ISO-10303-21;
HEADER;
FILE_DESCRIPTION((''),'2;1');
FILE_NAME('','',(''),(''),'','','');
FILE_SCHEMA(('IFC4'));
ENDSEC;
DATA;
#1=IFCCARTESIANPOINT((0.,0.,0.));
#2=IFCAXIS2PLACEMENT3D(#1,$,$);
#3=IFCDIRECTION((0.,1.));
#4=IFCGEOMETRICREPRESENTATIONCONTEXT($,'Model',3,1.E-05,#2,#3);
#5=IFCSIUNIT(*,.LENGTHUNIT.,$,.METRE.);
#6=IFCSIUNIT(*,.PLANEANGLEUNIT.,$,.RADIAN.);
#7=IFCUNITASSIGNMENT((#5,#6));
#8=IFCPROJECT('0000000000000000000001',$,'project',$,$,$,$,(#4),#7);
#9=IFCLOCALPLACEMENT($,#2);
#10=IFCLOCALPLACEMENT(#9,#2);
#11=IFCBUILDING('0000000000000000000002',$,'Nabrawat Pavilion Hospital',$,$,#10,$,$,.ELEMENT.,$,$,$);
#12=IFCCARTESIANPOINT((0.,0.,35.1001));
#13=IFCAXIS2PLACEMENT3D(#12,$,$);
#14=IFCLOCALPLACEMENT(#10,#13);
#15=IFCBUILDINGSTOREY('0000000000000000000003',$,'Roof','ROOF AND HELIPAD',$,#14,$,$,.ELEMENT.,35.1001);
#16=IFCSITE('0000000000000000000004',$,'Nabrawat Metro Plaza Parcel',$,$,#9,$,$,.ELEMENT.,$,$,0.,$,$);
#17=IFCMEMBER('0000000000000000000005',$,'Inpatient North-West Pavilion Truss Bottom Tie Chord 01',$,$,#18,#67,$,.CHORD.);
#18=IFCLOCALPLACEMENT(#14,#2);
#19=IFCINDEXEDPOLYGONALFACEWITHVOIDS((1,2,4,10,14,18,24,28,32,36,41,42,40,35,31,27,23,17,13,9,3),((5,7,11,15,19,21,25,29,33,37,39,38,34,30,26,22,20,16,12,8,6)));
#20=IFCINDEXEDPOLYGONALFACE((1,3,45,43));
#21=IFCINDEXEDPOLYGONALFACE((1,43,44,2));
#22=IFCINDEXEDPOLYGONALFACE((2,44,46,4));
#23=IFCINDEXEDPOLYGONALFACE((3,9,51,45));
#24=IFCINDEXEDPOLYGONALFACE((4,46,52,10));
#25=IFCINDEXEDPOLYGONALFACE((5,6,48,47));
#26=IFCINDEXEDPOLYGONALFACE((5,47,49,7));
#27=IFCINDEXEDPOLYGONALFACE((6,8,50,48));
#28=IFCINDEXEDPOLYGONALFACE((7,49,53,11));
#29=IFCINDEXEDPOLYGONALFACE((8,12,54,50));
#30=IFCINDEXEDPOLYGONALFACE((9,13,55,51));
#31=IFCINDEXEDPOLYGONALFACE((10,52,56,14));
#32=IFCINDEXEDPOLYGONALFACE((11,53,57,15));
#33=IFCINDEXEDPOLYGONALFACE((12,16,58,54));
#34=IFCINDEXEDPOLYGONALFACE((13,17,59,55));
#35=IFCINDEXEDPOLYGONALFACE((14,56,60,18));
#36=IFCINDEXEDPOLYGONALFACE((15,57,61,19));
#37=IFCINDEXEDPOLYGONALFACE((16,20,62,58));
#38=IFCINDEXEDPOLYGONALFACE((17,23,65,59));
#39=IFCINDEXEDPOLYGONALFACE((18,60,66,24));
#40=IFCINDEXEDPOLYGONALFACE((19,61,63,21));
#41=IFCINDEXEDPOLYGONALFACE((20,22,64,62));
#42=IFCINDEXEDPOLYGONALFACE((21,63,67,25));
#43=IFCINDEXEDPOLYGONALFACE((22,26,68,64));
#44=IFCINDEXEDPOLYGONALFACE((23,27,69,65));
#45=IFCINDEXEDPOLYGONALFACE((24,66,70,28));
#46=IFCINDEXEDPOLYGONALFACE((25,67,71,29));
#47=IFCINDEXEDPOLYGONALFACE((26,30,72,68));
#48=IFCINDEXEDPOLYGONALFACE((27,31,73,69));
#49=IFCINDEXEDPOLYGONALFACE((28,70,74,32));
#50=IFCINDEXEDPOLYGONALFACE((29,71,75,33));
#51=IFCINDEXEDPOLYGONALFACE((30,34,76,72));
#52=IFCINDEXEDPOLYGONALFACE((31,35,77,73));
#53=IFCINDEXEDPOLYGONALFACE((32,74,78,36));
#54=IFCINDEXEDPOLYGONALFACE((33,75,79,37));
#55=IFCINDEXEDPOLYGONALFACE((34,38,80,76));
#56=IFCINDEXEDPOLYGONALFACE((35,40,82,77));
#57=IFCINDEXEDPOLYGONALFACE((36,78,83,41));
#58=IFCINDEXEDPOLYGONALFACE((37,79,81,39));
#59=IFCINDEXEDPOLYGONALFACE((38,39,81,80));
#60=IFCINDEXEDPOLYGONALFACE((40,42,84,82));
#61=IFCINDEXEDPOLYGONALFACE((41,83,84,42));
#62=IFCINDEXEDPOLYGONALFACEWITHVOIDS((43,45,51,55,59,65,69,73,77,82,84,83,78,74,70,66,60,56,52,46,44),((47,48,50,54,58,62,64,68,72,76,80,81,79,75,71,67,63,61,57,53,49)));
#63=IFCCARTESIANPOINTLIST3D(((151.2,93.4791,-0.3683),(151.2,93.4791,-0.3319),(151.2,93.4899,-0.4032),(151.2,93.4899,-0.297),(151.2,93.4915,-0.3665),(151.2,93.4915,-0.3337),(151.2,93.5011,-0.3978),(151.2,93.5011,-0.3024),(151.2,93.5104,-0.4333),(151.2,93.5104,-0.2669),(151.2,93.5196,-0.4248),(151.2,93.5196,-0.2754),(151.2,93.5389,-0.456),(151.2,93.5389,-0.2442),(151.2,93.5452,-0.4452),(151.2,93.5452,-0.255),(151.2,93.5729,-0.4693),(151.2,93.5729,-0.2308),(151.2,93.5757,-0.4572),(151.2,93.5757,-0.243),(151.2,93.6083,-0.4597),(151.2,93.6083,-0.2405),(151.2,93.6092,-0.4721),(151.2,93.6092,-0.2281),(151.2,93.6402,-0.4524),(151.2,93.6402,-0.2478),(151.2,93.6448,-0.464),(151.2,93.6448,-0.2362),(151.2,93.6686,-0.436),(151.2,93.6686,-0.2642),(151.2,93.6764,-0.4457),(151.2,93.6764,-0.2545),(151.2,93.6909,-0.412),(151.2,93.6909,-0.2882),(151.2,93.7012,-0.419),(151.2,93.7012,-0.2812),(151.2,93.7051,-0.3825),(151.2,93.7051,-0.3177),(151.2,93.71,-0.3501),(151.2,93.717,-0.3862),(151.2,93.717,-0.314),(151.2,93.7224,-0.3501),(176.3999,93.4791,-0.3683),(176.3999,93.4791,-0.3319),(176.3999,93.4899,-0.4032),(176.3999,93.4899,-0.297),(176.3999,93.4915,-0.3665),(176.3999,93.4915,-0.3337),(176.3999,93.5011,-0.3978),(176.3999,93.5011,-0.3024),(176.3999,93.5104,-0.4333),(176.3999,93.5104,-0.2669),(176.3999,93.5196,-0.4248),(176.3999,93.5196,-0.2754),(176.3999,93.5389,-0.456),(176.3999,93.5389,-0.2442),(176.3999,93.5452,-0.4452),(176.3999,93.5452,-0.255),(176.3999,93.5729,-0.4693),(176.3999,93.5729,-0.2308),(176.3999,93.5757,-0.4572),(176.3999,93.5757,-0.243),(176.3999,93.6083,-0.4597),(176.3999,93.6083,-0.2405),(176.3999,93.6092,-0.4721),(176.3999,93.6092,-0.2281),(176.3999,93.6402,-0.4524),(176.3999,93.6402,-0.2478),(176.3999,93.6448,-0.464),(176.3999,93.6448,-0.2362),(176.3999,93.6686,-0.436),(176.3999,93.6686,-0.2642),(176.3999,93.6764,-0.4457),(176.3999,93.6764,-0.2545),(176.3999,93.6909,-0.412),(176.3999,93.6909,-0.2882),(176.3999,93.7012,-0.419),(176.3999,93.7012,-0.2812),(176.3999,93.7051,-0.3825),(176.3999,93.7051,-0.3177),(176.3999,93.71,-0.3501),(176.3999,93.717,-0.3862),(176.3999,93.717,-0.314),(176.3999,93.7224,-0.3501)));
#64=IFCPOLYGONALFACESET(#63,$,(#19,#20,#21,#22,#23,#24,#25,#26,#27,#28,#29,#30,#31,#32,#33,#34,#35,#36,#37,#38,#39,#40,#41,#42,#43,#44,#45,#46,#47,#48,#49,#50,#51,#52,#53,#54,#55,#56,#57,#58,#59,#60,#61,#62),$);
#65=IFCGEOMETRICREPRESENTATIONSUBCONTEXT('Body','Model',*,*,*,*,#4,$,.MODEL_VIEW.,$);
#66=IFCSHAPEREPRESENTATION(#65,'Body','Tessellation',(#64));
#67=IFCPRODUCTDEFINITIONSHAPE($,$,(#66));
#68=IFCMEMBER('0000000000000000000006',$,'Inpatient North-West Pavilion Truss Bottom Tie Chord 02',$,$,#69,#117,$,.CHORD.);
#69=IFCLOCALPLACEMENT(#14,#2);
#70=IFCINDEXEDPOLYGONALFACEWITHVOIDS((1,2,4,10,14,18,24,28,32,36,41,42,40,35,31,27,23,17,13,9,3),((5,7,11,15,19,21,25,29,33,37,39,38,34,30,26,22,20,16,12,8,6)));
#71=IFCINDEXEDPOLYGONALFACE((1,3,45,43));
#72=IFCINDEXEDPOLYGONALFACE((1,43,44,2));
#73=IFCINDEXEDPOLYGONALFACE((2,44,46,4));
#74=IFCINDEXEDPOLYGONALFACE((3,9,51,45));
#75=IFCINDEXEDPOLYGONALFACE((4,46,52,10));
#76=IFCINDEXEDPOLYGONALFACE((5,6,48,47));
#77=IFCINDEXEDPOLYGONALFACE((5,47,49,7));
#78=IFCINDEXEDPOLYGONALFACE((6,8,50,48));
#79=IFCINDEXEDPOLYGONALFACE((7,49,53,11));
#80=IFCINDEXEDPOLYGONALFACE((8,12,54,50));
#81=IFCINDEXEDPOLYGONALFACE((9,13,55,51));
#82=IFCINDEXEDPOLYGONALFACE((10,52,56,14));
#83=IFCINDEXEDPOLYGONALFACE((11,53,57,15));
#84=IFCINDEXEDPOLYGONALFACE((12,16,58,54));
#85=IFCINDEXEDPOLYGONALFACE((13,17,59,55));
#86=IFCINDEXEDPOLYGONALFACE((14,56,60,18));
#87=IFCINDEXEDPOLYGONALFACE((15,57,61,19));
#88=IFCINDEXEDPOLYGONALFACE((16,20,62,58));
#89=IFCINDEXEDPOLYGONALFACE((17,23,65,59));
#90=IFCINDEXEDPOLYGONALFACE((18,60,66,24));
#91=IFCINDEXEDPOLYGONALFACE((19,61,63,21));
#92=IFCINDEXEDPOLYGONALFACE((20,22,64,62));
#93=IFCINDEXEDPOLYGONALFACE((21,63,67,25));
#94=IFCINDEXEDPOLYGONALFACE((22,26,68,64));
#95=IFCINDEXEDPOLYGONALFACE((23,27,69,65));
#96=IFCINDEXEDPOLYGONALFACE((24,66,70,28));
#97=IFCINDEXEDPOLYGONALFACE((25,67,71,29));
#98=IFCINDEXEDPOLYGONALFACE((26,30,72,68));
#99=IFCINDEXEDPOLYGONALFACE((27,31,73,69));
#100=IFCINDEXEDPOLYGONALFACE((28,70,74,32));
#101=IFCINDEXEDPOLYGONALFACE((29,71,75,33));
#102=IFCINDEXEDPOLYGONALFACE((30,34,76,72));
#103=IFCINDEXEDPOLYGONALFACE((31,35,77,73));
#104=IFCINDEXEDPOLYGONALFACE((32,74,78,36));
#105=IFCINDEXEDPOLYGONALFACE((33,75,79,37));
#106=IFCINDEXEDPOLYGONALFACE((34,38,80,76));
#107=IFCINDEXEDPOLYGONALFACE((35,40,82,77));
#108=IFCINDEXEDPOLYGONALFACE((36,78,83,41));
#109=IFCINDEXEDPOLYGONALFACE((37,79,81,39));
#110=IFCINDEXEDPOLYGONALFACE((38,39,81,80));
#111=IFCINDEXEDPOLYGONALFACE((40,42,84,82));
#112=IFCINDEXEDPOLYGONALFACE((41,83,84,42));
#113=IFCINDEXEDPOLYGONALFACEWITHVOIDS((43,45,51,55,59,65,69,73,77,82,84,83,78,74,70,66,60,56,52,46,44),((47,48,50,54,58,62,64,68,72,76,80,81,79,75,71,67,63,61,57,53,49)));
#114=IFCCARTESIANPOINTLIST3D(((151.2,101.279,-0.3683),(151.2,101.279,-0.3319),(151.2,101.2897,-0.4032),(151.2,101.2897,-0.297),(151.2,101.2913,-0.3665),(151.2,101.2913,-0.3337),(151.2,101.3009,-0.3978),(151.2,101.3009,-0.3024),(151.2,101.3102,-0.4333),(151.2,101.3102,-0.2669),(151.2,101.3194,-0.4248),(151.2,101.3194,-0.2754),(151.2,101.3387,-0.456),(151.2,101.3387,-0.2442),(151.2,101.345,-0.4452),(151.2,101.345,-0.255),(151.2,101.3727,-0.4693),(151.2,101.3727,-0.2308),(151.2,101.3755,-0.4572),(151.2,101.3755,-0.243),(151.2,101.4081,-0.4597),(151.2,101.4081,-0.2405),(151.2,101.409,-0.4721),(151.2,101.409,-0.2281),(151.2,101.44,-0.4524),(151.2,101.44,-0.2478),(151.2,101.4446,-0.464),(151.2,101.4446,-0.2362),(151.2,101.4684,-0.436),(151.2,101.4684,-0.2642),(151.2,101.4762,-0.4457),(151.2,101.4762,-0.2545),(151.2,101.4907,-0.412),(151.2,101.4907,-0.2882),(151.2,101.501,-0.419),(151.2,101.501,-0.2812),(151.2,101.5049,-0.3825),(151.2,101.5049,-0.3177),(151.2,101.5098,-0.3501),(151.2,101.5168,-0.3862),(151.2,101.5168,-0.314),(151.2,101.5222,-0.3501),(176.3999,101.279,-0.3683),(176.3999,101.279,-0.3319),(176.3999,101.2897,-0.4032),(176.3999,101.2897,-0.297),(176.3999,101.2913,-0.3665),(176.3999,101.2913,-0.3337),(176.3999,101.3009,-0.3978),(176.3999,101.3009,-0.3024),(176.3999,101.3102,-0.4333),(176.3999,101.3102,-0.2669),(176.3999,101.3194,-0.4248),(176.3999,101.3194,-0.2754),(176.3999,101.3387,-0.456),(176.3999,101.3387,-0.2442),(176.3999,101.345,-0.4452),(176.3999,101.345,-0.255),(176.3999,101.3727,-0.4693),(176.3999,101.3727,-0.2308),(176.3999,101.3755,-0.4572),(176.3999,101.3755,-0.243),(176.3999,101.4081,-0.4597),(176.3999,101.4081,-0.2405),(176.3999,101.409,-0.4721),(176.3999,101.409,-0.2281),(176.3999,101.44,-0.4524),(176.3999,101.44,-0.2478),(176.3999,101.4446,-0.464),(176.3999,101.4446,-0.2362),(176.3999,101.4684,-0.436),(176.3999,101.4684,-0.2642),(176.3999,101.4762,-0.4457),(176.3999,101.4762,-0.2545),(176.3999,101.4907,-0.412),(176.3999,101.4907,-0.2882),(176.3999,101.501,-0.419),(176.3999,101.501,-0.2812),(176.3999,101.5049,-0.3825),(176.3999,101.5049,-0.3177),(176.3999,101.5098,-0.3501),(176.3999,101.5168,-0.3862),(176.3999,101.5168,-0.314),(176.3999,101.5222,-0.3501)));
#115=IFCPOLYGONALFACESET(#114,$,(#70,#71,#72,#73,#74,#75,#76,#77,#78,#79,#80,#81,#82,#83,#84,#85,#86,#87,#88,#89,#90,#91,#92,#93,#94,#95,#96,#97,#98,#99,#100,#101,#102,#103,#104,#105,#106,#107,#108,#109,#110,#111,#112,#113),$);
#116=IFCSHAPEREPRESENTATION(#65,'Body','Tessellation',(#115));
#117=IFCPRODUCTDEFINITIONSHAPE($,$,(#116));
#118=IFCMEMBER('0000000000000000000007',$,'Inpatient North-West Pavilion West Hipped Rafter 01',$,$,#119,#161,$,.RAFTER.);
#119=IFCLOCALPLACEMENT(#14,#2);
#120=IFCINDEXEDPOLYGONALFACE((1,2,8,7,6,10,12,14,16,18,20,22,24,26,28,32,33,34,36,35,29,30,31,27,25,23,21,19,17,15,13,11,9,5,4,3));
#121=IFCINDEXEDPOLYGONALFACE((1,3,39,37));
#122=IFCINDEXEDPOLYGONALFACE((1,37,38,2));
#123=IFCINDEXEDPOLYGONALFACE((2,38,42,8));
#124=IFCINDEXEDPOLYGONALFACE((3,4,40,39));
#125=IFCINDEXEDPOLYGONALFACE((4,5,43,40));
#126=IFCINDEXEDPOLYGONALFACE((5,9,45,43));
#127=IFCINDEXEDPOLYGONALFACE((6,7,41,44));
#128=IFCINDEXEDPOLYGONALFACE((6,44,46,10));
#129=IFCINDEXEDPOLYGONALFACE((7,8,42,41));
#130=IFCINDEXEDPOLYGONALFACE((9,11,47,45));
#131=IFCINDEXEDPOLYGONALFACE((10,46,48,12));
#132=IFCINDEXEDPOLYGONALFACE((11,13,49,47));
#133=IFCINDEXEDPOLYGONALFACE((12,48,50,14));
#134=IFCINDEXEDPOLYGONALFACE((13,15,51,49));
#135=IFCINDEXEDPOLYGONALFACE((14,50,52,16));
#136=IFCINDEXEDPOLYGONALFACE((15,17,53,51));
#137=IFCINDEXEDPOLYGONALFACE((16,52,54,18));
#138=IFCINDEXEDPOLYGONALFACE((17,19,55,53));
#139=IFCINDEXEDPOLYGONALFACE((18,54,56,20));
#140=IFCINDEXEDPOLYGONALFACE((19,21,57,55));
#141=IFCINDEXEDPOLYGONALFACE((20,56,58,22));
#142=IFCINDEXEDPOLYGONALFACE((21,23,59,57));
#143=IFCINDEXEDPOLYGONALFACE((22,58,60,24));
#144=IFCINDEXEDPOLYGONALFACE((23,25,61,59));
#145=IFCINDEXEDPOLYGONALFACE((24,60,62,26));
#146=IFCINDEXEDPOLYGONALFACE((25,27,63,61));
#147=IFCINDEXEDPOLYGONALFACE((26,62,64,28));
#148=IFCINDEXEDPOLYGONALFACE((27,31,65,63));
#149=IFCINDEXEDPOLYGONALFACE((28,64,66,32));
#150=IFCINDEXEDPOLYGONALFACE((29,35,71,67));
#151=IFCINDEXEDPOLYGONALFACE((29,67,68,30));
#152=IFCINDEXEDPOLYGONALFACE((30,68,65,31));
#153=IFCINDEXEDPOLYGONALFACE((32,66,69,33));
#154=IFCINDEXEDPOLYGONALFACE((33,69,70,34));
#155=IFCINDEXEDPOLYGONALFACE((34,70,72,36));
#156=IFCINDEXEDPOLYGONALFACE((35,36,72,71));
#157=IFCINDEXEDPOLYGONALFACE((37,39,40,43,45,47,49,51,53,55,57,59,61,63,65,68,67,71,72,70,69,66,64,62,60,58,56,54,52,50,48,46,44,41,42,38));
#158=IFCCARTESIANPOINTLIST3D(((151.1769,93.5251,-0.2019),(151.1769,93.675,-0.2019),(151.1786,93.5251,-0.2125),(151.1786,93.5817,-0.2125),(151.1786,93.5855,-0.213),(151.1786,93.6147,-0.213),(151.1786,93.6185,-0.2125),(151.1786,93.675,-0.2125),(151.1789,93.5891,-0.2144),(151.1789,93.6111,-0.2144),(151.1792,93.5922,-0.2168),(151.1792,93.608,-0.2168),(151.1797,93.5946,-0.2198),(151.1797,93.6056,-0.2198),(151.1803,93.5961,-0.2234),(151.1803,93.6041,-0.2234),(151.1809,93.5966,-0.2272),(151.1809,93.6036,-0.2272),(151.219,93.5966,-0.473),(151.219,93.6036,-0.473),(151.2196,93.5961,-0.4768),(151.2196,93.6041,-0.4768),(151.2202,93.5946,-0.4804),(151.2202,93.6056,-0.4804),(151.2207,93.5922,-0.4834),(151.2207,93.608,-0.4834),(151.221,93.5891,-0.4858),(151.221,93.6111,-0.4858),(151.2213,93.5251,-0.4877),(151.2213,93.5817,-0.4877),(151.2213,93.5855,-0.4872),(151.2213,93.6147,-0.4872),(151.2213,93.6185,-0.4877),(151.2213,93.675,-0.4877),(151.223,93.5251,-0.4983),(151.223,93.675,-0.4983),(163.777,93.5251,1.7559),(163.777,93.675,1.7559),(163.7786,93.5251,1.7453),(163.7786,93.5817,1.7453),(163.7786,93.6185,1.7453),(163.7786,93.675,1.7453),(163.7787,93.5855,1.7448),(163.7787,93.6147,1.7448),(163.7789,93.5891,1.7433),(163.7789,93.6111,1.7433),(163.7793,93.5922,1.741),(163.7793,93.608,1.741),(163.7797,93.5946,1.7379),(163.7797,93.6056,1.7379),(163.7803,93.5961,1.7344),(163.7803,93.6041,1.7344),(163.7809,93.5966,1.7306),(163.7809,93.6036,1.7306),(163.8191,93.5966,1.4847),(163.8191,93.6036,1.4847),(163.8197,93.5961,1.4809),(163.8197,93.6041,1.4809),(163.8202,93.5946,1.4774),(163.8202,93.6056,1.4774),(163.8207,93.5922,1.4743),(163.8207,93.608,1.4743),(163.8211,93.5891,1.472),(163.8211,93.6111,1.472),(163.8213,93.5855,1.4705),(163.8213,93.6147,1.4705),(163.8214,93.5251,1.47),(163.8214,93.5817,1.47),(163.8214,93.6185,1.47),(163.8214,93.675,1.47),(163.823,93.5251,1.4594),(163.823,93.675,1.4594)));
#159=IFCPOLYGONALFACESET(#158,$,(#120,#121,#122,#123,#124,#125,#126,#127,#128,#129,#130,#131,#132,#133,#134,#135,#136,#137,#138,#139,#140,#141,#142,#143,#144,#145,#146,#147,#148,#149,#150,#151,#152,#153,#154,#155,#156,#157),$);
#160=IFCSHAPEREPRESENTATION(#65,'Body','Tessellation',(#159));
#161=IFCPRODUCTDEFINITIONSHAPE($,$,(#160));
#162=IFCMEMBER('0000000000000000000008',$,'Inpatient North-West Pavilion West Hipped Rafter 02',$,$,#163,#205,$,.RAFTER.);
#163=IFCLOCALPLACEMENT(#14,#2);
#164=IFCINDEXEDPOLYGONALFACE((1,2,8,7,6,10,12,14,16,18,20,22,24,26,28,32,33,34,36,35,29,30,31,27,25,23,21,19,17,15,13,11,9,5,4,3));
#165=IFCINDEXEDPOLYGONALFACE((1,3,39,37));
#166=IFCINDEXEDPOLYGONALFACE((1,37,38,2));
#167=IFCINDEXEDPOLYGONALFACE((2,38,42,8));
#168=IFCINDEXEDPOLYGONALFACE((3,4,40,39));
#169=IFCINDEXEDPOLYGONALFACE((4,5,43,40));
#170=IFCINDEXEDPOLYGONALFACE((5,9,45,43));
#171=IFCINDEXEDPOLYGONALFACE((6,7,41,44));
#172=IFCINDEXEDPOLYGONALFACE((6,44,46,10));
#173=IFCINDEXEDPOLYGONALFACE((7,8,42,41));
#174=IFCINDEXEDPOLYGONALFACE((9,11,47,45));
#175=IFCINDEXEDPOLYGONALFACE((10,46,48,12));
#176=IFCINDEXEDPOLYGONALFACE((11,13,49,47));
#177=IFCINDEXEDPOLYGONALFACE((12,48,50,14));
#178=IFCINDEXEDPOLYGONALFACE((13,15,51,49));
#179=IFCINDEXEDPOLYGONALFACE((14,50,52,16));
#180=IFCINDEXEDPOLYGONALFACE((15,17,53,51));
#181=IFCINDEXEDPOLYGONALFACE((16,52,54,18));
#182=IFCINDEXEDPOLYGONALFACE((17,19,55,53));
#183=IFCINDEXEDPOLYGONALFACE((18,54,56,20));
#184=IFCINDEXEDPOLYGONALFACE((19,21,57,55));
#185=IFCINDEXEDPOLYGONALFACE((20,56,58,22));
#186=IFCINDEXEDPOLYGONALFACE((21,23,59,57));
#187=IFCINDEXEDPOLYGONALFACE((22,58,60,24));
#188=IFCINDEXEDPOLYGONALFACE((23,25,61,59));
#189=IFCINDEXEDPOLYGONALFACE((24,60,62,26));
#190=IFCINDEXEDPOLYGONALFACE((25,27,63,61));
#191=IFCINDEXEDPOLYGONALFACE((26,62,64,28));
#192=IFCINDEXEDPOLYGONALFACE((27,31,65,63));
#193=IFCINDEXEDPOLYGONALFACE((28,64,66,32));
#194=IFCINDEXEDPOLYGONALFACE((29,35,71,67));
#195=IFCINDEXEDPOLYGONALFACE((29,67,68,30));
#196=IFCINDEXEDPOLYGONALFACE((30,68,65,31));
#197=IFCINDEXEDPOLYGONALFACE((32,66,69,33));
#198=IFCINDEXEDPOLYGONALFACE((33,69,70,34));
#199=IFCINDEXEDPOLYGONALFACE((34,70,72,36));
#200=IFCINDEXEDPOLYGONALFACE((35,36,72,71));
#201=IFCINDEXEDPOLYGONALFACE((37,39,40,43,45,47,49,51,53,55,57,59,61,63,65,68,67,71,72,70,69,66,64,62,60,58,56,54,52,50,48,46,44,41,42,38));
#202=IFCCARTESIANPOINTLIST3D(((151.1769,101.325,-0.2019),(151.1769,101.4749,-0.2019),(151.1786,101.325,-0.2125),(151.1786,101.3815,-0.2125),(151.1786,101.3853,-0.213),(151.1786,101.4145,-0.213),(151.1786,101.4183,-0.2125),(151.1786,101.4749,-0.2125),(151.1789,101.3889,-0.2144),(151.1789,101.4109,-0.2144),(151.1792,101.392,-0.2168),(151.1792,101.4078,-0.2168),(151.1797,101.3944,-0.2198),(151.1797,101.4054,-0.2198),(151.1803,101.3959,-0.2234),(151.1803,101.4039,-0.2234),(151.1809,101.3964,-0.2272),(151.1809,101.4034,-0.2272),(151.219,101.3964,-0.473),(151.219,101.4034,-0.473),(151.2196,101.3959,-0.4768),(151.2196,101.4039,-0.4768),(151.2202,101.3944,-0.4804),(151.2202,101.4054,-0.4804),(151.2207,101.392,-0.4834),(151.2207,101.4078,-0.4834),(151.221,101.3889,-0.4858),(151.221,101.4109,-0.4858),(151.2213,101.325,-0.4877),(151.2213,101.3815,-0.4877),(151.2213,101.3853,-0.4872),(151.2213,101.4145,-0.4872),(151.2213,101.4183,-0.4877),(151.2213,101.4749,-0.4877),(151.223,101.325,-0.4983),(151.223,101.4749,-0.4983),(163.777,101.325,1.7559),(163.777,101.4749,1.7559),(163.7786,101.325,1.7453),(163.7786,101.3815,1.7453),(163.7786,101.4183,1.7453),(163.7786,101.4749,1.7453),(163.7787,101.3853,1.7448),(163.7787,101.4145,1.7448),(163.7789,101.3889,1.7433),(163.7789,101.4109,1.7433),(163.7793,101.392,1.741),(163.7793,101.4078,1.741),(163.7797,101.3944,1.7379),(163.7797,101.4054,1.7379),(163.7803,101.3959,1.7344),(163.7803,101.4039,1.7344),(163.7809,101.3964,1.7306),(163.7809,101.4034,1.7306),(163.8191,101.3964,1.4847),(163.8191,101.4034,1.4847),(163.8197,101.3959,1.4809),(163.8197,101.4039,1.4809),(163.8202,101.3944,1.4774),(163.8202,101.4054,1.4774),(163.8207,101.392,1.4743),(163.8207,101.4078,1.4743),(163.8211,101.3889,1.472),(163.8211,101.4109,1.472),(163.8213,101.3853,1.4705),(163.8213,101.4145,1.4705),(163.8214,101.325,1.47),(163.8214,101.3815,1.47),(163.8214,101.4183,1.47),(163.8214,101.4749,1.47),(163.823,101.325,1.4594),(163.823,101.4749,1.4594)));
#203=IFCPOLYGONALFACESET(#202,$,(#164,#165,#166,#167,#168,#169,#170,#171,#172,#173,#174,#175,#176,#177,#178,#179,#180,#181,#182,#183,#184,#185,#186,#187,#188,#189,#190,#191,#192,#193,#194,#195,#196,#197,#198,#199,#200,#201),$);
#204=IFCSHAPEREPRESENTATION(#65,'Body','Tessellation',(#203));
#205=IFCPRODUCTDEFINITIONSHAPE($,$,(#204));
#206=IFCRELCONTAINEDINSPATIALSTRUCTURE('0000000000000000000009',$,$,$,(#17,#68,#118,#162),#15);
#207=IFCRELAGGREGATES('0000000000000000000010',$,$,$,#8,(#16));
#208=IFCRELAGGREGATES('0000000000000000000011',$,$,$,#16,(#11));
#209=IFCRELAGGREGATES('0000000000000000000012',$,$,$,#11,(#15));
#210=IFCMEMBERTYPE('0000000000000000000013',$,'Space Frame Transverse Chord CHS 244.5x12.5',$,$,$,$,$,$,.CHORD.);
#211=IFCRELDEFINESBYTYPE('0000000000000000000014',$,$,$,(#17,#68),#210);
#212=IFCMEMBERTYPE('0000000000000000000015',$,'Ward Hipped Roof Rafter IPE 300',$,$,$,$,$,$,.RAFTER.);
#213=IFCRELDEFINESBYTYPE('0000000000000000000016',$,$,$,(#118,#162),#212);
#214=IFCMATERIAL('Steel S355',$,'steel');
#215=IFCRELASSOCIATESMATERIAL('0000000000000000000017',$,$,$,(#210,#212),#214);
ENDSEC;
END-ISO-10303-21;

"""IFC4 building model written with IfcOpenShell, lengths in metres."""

from ifc_helpers import new_model, si_unit, direction, frame, origin, origin_2d, place, context, subcontext, project, spatial, hollow_circle, i_section, extrude, material, material_profile, profile_set, type_object, element, save


model = new_model("IFC4")

# Units and contexts
model_context = context("Model", 3, precision=1e-05, world=origin(), true_north=direction((0.0, 1.0)))
body_context = subcontext(model_context, "Body", "Model", "MODEL_VIEW")
ifc_project = project(units=[si_unit("LENGTHUNIT", "METRE"), si_unit("PLANEANGLEUNIT", "RADIAN")], contexts=[model_context])

# Site, building, storey
site_placement = place(None, origin())
site = spatial("IfcSite", under=ifc_project, at=site_placement, Name="Nabrawat Metro Plaza Parcel", CompositionType="ELEMENT", RefElevation=0.0)
building_placement = place(site_placement, origin())
building = spatial("IfcBuilding", under=site, at=building_placement, Name="Nabrawat Pavilion Hospital", CompositionType="ELEMENT")
storey_placement = place(building_placement, frame((0.0, 0.0, 35.1001)))
storey = spatial("IfcBuildingStorey", under=building, at=storey_placement, Name="Roof", Description="ROOF AND HELIPAD", CompositionType="ELEMENT", Elevation=35.1001)

# Shared definitions
ifc_material = material(Name="Steel S355", Category="steel")

# Members
ifc_material_profile_1 = material_profile(ifc_material, hollow_circle(Radius=0.1223, WallThickness=0.0125, at=origin_2d()), Name="CHS 244.5x12.5")
ifc_profile_set_1 = profile_set([ifc_material_profile_1], Name="Steel S355")
member_type_1 = type_object("IfcMemberType", Name="Space Frame Transverse Chord CHS 244.5x12.5", PredefinedType="CHORD", material=ifc_profile_set_1)
for number, where, z_axis, x_axis, name in (
    (1, (151.2, 93.6001, -0.3501), (1.0, 0.0, 0.0), (0.0, 1.0, 0.0), "Inpatient North-West Pavilion Truss Bottom Tie Chord 01"),
    (2, (151.2, 101.3999, -0.3501), (1.0, 0.0, 0.0), (0.0, 1.0, 0.0), "Inpatient North-West Pavilion Truss Bottom Tie Chord 02"),
):
    element("IfcMember", number, at=place(storey_placement, frame(where, z_axis=z_axis, x_axis=x_axis)), inside=storey, type_object=member_type_1, Name=name, PredefinedType="CHORD", context=body_context, shape_type="SweptSolid", body=[
        extrude(hollow_circle(Radius=0.1223, WallThickness=0.0125, at=origin_2d()), origin(), (0.0, 0.0, 1.0), 25.2),
    ])
ifc_material_profile_2 = material_profile(ifc_material, i_section(OverallWidth=0.1499, OverallDepth=0.3, WebThickness=0.0071, FlangeThickness=0.0107, FilletRadius=0.0149, at=origin_2d()), Name="IPE 300")
ifc_profile_set_2 = profile_set([ifc_material_profile_2], Name="Steel S355")
member_type_2 = type_object("IfcMemberType", Name="Ward Hipped Roof Rafter IPE 300", PredefinedType="RAFTER", material=ifc_profile_set_2)
for number, where, z_axis, x_axis, name in (
    (3, (151.2, 93.6001, -0.3501), (0.988143, 0.0, 0.153535), (0.0, 1.0, 0.0), "Inpatient North-West Pavilion West Hipped Rafter 01"),
    (4, (151.2, 101.3999, -0.3501), (0.988143, 0.0, 0.153535), (0.0, 1.0, 0.0), "Inpatient North-West Pavilion West Hipped Rafter 02"),
):
    element("IfcMember", number, at=place(storey_placement, frame(where, z_axis=z_axis, x_axis=x_axis)), inside=storey, type_object=member_type_2, Name=name, PredefinedType="RAFTER", context=body_context, shape_type="SweptSolid", body=[
        extrude(i_section(OverallWidth=0.1499, OverallDepth=0.3, WebThickness=0.0071, FlangeThickness=0.0107, FilletRadius=0.0149, at=origin_2d()), origin(), (0.0, 0.0, 1.0), 12.7512),
    ])

save(model, "model.ifc")
